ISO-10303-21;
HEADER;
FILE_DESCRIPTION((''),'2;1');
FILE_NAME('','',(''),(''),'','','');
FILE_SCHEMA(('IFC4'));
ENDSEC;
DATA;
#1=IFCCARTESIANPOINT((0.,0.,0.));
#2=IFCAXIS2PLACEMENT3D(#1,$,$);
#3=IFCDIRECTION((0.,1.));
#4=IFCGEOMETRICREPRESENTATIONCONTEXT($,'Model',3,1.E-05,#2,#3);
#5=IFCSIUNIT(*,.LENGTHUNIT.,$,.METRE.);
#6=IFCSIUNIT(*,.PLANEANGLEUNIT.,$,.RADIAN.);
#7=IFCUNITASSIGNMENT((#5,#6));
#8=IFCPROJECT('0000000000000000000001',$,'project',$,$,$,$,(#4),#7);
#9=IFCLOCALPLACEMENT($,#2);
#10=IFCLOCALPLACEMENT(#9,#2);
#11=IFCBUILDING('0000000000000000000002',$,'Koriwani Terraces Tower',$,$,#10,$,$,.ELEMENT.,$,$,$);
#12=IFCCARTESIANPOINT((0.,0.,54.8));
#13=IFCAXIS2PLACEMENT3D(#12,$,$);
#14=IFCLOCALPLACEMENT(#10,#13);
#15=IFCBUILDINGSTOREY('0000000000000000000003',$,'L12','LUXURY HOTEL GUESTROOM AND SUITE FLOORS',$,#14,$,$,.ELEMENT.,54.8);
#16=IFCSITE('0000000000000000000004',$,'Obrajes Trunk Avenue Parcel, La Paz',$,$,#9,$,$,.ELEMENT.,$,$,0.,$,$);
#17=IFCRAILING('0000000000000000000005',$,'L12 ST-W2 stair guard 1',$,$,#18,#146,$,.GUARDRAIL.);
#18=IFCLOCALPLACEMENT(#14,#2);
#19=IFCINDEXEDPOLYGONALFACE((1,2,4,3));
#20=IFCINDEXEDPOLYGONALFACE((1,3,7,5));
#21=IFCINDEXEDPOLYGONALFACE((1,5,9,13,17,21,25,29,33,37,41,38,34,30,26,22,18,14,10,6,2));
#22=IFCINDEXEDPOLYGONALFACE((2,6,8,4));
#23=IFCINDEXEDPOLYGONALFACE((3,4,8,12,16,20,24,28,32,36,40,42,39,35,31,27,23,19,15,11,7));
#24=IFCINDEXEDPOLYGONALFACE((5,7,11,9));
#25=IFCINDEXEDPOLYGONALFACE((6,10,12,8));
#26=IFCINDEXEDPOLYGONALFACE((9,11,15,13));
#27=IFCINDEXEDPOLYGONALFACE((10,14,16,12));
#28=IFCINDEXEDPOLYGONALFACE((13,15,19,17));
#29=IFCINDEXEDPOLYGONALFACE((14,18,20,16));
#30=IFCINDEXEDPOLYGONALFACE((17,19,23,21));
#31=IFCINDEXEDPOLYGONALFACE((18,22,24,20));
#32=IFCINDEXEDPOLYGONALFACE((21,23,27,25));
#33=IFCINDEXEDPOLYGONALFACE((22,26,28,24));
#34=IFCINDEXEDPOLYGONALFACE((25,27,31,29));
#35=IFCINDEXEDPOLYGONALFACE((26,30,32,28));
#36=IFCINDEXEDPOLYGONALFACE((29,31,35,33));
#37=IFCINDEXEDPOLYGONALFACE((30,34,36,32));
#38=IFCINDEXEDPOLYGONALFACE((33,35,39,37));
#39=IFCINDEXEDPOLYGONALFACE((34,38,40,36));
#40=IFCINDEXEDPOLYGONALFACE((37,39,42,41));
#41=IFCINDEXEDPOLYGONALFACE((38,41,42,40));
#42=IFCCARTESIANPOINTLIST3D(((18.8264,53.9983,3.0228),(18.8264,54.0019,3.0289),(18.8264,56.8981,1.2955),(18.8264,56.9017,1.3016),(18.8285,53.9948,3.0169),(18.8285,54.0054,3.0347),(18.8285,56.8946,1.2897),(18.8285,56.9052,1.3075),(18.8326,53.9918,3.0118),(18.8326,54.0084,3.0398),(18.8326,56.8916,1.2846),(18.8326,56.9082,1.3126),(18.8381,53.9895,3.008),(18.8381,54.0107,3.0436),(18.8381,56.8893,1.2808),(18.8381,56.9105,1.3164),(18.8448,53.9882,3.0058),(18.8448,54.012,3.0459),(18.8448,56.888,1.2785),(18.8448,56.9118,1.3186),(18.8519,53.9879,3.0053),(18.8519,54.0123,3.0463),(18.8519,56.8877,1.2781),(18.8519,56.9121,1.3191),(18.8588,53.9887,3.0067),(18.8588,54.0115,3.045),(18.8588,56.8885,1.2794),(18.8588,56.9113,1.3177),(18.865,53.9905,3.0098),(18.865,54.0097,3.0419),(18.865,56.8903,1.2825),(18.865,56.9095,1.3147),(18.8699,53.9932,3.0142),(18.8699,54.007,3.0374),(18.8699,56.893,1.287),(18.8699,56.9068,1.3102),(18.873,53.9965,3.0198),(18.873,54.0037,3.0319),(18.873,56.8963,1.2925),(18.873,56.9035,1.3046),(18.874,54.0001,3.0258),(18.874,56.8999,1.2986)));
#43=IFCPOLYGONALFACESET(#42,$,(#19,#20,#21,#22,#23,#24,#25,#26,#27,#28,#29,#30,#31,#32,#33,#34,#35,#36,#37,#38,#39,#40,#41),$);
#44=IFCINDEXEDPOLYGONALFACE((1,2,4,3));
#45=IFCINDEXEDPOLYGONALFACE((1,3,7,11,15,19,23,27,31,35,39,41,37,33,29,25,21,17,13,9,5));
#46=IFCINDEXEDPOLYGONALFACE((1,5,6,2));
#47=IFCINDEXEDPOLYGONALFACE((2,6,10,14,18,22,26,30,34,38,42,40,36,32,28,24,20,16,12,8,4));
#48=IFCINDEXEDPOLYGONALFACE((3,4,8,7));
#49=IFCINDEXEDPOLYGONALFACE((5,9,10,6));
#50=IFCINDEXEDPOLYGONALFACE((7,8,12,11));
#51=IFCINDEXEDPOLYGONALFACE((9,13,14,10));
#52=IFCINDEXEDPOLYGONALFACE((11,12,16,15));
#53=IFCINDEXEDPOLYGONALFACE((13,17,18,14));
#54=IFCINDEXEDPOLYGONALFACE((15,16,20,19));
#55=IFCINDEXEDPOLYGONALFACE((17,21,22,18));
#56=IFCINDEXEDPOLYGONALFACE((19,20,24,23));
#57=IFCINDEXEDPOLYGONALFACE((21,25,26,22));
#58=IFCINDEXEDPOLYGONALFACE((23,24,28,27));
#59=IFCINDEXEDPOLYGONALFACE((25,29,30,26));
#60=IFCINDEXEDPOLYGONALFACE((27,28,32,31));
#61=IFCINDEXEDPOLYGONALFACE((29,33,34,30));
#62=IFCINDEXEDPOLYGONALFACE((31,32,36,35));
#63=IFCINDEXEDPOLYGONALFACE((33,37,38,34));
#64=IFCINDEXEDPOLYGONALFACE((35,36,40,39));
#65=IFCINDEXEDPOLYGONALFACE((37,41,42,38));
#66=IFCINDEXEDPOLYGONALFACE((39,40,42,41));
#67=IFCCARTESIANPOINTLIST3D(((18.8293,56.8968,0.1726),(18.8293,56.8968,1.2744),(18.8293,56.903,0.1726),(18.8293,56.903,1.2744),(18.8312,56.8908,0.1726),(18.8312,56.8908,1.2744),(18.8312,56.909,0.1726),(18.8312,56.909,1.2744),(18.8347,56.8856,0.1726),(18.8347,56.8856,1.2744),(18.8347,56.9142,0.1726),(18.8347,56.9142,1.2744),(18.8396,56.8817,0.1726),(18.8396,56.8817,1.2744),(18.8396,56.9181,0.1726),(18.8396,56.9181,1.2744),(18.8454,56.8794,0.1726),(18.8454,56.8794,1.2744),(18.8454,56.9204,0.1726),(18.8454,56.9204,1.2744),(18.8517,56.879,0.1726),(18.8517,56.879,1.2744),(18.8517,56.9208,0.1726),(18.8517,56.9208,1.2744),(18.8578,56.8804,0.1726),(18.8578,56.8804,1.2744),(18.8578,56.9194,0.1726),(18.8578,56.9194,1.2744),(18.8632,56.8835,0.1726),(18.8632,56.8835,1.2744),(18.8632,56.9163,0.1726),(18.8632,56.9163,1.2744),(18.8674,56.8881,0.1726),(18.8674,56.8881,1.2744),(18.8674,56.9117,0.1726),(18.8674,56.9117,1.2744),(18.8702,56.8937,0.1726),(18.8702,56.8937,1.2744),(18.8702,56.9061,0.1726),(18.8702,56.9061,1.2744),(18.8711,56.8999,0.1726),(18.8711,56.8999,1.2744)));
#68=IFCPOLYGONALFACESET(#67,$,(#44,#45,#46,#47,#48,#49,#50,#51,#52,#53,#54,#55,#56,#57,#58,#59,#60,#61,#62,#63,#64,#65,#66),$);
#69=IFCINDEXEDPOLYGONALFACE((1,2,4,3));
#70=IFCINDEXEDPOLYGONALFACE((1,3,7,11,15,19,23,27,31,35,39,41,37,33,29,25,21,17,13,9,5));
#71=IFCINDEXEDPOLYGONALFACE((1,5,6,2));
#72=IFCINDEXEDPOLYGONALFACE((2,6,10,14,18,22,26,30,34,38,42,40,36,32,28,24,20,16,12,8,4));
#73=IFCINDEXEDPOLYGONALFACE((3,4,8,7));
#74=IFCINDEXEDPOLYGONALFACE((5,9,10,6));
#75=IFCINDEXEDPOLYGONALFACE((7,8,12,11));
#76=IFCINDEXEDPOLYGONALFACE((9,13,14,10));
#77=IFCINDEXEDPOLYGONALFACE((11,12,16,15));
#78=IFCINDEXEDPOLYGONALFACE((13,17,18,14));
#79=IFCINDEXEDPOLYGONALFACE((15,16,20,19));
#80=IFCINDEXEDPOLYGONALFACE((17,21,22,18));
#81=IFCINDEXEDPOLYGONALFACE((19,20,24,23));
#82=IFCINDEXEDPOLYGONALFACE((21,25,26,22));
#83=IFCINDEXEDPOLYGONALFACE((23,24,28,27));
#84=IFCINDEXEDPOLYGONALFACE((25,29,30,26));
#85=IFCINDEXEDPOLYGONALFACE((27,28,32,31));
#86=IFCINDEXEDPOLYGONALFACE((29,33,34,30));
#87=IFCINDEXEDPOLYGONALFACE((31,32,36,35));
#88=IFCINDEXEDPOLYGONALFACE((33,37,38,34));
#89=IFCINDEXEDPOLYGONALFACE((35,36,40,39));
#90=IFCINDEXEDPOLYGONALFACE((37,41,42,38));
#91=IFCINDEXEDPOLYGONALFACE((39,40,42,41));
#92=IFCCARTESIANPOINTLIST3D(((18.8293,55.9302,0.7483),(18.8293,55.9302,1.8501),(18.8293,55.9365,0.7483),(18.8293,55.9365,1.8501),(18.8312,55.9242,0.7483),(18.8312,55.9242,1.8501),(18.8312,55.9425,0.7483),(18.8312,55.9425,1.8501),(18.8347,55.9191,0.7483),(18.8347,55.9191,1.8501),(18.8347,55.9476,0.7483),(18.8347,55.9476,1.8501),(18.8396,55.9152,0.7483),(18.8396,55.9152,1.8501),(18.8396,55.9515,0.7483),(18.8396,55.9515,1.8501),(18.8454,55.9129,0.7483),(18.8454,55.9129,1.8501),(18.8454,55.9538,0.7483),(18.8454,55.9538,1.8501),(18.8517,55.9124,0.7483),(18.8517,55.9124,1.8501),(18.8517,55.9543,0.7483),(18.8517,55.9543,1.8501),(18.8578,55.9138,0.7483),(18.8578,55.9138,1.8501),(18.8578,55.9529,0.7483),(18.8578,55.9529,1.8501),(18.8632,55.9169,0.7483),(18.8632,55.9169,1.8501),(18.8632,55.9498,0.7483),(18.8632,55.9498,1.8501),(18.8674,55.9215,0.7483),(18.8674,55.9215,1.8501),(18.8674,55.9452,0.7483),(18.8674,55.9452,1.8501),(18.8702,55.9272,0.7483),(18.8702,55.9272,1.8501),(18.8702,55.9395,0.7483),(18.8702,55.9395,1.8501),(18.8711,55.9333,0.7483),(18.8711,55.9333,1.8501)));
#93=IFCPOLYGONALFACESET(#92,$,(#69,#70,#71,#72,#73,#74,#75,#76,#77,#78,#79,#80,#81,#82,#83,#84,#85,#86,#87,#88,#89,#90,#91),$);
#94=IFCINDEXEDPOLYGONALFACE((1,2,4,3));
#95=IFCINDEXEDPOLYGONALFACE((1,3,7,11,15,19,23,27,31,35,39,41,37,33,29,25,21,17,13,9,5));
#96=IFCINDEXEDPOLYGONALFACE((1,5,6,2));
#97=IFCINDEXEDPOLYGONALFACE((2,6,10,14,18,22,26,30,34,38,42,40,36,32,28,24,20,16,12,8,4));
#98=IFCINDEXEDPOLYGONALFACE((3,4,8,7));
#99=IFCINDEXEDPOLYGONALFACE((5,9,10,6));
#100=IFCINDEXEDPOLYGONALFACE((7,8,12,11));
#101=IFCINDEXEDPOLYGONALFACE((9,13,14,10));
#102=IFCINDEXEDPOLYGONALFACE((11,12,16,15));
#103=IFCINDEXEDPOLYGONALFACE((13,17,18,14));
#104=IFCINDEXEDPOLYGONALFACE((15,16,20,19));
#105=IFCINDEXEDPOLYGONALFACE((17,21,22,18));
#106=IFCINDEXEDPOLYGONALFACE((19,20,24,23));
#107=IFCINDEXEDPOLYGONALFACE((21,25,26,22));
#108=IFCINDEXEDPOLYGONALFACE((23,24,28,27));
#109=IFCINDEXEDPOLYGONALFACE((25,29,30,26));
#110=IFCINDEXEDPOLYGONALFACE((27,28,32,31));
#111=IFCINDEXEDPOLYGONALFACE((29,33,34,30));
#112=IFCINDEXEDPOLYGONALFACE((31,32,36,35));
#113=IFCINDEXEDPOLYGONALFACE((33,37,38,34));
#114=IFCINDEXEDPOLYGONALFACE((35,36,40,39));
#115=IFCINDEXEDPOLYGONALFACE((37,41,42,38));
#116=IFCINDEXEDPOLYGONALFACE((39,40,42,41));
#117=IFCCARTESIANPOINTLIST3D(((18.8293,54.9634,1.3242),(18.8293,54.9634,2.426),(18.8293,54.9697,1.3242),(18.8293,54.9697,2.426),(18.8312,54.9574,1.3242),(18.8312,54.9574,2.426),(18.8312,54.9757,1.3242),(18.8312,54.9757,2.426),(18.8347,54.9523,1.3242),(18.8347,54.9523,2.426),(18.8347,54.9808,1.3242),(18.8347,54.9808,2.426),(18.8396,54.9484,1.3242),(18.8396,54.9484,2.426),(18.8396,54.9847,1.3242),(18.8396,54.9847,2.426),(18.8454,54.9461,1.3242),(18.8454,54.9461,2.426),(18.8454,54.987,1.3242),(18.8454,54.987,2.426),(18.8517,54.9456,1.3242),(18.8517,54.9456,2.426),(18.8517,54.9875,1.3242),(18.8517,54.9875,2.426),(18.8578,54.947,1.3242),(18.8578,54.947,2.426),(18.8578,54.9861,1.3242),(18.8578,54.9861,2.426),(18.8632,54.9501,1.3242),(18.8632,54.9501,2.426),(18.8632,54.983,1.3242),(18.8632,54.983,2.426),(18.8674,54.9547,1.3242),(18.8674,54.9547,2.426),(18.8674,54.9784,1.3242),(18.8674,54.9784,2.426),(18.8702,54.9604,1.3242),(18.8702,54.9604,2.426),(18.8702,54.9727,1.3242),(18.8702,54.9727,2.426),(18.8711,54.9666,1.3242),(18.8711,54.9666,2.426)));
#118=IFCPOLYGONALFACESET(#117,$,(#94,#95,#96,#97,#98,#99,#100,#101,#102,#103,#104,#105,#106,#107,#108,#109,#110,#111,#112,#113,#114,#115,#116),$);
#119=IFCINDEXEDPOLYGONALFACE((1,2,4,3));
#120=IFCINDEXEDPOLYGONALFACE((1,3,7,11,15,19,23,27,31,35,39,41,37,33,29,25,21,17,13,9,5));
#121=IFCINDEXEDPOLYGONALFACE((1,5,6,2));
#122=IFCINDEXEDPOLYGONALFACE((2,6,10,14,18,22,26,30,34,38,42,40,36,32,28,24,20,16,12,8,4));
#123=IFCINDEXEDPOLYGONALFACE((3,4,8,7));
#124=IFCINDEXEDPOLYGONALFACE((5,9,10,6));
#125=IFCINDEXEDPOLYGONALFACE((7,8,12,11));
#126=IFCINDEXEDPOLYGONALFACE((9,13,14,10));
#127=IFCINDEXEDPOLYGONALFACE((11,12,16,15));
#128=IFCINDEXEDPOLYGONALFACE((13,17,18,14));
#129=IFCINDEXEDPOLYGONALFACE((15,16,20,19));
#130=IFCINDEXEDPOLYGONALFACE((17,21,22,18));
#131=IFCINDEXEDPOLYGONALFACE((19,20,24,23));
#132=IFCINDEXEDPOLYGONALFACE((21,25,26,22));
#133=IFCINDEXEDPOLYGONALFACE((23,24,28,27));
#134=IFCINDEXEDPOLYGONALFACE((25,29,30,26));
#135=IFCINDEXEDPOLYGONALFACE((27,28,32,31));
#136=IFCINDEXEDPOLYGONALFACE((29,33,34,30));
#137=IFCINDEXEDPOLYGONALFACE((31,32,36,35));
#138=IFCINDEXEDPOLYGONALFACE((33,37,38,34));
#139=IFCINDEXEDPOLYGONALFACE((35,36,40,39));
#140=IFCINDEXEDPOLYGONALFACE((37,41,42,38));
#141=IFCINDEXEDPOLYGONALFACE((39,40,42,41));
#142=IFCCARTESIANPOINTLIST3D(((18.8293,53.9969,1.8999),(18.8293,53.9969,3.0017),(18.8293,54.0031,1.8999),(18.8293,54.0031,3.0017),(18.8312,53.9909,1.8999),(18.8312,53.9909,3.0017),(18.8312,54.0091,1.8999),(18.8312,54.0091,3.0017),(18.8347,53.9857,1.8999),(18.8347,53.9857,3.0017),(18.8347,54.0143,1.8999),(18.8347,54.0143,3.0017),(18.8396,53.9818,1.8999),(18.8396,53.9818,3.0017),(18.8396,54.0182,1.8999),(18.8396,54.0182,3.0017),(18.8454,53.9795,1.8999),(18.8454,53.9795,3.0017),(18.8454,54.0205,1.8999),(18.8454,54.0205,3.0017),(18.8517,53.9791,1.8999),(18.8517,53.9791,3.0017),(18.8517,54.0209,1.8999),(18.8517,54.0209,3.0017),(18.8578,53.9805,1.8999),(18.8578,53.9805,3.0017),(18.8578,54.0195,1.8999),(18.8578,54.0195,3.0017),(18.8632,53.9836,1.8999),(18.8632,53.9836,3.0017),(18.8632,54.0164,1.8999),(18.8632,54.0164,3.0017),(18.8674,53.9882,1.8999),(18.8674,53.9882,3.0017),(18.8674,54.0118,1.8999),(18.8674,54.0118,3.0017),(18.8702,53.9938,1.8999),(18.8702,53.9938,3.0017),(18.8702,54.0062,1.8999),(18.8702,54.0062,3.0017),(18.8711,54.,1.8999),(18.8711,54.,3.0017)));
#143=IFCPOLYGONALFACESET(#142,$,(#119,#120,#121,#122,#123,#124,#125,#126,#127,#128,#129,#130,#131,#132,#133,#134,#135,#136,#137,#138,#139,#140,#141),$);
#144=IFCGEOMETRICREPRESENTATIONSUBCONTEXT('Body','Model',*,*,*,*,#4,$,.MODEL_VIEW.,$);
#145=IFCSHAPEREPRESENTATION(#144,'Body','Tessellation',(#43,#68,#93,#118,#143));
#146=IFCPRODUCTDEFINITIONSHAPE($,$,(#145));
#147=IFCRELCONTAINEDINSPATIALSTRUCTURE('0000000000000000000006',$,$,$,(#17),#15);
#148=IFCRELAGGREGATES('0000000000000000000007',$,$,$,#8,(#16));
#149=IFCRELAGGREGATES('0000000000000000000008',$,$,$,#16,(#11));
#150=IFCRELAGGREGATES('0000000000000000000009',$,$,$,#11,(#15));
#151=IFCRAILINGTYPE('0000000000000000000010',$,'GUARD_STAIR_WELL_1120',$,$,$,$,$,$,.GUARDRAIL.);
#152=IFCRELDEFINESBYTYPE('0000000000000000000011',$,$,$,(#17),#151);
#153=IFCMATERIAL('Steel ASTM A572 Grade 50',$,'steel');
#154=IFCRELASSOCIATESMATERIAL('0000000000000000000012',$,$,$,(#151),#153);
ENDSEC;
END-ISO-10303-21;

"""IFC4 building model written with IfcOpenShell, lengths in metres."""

from ifc_helpers import new_model, si_unit, direction, frame, origin, origin_2d, place, context, subcontext, project, spatial, circle, extrude, material, type_object, element, save


model = new_model("IFC4")

# Units and contexts
model_context = context("Model", 3, precision=1e-05, world=origin(), true_north=direction((0.0, 1.0)))
body_context = subcontext(model_context, "Body", "Model", "MODEL_VIEW")
ifc_project = project(units=[si_unit("LENGTHUNIT", "METRE"), si_unit("PLANEANGLEUNIT", "RADIAN")], contexts=[model_context])

# Site, building, storey
site_placement = place(None, origin())
site = spatial("IfcSite", under=ifc_project, at=site_placement, Name="Obrajes Trunk Avenue Parcel, La Paz", CompositionType="ELEMENT", RefElevation=0.0)
building_placement = place(site_placement, origin())
building = spatial("IfcBuilding", under=site, at=building_placement, Name="Koriwani Terraces Tower", CompositionType="ELEMENT")
storey_placement = place(building_placement, frame((0.0, 0.0, 54.8)))
storey = spatial("IfcBuildingStorey", under=building, at=storey_placement, Name="L12", Description="LUXURY HOTEL GUESTROOM AND SUITE FLOORS", CompositionType="ELEMENT", Elevation=54.8)

# Shared definitions
ifc_material_1 = material(Name="Steel ASTM A572 Grade 50", Category="steel")

# Railing
railing_type_1 = type_object("IfcRailingType", Name="GUARD_STAIR_WELL_1120", PredefinedType="GUARDRAIL", material=ifc_material_1)
for number, where, name in (
    (1, (18.8501, 56.8999, 0.1726), "L12 ST-W2 stair guard 1"),
):
    element("IfcRailing", number, at=place(storey_placement, frame(where)), inside=storey, type_object=railing_type_1, Name=name, PredefinedType="GUARDRAIL", context=body_context, shape_type="SweptSolid", body=[
        extrude(circle(Radius=0.0239, at=origin_2d()), frame((0.0, 0.0, 1.126), z_axis=(0.0, -0.859141, 0.511738), x_axis=(1.0, 0.0, 0.0)), (0.0, 0.0, 1.0), 3.3752),
        extrude(circle(Radius=0.021, at=origin_2d()), origin(), (0.0, 0.0, 1.0), 1.1018),
        extrude(circle(Radius=0.021, at=origin_2d()), frame((0.0, -0.9666, 0.5757)), (0.0, 0.0, 1.0), 1.1018),
        extrude(circle(Radius=0.021, at=origin_2d()), frame((0.0, -1.9333, 1.1516)), (0.0, 0.0, 1.0), 1.1018),
        extrude(circle(Radius=0.021, at=origin_2d()), frame((0.0, -2.8999, 1.7273)), (0.0, 0.0, 1.0), 1.1018),
    ])

save(model, "model.ifc")
